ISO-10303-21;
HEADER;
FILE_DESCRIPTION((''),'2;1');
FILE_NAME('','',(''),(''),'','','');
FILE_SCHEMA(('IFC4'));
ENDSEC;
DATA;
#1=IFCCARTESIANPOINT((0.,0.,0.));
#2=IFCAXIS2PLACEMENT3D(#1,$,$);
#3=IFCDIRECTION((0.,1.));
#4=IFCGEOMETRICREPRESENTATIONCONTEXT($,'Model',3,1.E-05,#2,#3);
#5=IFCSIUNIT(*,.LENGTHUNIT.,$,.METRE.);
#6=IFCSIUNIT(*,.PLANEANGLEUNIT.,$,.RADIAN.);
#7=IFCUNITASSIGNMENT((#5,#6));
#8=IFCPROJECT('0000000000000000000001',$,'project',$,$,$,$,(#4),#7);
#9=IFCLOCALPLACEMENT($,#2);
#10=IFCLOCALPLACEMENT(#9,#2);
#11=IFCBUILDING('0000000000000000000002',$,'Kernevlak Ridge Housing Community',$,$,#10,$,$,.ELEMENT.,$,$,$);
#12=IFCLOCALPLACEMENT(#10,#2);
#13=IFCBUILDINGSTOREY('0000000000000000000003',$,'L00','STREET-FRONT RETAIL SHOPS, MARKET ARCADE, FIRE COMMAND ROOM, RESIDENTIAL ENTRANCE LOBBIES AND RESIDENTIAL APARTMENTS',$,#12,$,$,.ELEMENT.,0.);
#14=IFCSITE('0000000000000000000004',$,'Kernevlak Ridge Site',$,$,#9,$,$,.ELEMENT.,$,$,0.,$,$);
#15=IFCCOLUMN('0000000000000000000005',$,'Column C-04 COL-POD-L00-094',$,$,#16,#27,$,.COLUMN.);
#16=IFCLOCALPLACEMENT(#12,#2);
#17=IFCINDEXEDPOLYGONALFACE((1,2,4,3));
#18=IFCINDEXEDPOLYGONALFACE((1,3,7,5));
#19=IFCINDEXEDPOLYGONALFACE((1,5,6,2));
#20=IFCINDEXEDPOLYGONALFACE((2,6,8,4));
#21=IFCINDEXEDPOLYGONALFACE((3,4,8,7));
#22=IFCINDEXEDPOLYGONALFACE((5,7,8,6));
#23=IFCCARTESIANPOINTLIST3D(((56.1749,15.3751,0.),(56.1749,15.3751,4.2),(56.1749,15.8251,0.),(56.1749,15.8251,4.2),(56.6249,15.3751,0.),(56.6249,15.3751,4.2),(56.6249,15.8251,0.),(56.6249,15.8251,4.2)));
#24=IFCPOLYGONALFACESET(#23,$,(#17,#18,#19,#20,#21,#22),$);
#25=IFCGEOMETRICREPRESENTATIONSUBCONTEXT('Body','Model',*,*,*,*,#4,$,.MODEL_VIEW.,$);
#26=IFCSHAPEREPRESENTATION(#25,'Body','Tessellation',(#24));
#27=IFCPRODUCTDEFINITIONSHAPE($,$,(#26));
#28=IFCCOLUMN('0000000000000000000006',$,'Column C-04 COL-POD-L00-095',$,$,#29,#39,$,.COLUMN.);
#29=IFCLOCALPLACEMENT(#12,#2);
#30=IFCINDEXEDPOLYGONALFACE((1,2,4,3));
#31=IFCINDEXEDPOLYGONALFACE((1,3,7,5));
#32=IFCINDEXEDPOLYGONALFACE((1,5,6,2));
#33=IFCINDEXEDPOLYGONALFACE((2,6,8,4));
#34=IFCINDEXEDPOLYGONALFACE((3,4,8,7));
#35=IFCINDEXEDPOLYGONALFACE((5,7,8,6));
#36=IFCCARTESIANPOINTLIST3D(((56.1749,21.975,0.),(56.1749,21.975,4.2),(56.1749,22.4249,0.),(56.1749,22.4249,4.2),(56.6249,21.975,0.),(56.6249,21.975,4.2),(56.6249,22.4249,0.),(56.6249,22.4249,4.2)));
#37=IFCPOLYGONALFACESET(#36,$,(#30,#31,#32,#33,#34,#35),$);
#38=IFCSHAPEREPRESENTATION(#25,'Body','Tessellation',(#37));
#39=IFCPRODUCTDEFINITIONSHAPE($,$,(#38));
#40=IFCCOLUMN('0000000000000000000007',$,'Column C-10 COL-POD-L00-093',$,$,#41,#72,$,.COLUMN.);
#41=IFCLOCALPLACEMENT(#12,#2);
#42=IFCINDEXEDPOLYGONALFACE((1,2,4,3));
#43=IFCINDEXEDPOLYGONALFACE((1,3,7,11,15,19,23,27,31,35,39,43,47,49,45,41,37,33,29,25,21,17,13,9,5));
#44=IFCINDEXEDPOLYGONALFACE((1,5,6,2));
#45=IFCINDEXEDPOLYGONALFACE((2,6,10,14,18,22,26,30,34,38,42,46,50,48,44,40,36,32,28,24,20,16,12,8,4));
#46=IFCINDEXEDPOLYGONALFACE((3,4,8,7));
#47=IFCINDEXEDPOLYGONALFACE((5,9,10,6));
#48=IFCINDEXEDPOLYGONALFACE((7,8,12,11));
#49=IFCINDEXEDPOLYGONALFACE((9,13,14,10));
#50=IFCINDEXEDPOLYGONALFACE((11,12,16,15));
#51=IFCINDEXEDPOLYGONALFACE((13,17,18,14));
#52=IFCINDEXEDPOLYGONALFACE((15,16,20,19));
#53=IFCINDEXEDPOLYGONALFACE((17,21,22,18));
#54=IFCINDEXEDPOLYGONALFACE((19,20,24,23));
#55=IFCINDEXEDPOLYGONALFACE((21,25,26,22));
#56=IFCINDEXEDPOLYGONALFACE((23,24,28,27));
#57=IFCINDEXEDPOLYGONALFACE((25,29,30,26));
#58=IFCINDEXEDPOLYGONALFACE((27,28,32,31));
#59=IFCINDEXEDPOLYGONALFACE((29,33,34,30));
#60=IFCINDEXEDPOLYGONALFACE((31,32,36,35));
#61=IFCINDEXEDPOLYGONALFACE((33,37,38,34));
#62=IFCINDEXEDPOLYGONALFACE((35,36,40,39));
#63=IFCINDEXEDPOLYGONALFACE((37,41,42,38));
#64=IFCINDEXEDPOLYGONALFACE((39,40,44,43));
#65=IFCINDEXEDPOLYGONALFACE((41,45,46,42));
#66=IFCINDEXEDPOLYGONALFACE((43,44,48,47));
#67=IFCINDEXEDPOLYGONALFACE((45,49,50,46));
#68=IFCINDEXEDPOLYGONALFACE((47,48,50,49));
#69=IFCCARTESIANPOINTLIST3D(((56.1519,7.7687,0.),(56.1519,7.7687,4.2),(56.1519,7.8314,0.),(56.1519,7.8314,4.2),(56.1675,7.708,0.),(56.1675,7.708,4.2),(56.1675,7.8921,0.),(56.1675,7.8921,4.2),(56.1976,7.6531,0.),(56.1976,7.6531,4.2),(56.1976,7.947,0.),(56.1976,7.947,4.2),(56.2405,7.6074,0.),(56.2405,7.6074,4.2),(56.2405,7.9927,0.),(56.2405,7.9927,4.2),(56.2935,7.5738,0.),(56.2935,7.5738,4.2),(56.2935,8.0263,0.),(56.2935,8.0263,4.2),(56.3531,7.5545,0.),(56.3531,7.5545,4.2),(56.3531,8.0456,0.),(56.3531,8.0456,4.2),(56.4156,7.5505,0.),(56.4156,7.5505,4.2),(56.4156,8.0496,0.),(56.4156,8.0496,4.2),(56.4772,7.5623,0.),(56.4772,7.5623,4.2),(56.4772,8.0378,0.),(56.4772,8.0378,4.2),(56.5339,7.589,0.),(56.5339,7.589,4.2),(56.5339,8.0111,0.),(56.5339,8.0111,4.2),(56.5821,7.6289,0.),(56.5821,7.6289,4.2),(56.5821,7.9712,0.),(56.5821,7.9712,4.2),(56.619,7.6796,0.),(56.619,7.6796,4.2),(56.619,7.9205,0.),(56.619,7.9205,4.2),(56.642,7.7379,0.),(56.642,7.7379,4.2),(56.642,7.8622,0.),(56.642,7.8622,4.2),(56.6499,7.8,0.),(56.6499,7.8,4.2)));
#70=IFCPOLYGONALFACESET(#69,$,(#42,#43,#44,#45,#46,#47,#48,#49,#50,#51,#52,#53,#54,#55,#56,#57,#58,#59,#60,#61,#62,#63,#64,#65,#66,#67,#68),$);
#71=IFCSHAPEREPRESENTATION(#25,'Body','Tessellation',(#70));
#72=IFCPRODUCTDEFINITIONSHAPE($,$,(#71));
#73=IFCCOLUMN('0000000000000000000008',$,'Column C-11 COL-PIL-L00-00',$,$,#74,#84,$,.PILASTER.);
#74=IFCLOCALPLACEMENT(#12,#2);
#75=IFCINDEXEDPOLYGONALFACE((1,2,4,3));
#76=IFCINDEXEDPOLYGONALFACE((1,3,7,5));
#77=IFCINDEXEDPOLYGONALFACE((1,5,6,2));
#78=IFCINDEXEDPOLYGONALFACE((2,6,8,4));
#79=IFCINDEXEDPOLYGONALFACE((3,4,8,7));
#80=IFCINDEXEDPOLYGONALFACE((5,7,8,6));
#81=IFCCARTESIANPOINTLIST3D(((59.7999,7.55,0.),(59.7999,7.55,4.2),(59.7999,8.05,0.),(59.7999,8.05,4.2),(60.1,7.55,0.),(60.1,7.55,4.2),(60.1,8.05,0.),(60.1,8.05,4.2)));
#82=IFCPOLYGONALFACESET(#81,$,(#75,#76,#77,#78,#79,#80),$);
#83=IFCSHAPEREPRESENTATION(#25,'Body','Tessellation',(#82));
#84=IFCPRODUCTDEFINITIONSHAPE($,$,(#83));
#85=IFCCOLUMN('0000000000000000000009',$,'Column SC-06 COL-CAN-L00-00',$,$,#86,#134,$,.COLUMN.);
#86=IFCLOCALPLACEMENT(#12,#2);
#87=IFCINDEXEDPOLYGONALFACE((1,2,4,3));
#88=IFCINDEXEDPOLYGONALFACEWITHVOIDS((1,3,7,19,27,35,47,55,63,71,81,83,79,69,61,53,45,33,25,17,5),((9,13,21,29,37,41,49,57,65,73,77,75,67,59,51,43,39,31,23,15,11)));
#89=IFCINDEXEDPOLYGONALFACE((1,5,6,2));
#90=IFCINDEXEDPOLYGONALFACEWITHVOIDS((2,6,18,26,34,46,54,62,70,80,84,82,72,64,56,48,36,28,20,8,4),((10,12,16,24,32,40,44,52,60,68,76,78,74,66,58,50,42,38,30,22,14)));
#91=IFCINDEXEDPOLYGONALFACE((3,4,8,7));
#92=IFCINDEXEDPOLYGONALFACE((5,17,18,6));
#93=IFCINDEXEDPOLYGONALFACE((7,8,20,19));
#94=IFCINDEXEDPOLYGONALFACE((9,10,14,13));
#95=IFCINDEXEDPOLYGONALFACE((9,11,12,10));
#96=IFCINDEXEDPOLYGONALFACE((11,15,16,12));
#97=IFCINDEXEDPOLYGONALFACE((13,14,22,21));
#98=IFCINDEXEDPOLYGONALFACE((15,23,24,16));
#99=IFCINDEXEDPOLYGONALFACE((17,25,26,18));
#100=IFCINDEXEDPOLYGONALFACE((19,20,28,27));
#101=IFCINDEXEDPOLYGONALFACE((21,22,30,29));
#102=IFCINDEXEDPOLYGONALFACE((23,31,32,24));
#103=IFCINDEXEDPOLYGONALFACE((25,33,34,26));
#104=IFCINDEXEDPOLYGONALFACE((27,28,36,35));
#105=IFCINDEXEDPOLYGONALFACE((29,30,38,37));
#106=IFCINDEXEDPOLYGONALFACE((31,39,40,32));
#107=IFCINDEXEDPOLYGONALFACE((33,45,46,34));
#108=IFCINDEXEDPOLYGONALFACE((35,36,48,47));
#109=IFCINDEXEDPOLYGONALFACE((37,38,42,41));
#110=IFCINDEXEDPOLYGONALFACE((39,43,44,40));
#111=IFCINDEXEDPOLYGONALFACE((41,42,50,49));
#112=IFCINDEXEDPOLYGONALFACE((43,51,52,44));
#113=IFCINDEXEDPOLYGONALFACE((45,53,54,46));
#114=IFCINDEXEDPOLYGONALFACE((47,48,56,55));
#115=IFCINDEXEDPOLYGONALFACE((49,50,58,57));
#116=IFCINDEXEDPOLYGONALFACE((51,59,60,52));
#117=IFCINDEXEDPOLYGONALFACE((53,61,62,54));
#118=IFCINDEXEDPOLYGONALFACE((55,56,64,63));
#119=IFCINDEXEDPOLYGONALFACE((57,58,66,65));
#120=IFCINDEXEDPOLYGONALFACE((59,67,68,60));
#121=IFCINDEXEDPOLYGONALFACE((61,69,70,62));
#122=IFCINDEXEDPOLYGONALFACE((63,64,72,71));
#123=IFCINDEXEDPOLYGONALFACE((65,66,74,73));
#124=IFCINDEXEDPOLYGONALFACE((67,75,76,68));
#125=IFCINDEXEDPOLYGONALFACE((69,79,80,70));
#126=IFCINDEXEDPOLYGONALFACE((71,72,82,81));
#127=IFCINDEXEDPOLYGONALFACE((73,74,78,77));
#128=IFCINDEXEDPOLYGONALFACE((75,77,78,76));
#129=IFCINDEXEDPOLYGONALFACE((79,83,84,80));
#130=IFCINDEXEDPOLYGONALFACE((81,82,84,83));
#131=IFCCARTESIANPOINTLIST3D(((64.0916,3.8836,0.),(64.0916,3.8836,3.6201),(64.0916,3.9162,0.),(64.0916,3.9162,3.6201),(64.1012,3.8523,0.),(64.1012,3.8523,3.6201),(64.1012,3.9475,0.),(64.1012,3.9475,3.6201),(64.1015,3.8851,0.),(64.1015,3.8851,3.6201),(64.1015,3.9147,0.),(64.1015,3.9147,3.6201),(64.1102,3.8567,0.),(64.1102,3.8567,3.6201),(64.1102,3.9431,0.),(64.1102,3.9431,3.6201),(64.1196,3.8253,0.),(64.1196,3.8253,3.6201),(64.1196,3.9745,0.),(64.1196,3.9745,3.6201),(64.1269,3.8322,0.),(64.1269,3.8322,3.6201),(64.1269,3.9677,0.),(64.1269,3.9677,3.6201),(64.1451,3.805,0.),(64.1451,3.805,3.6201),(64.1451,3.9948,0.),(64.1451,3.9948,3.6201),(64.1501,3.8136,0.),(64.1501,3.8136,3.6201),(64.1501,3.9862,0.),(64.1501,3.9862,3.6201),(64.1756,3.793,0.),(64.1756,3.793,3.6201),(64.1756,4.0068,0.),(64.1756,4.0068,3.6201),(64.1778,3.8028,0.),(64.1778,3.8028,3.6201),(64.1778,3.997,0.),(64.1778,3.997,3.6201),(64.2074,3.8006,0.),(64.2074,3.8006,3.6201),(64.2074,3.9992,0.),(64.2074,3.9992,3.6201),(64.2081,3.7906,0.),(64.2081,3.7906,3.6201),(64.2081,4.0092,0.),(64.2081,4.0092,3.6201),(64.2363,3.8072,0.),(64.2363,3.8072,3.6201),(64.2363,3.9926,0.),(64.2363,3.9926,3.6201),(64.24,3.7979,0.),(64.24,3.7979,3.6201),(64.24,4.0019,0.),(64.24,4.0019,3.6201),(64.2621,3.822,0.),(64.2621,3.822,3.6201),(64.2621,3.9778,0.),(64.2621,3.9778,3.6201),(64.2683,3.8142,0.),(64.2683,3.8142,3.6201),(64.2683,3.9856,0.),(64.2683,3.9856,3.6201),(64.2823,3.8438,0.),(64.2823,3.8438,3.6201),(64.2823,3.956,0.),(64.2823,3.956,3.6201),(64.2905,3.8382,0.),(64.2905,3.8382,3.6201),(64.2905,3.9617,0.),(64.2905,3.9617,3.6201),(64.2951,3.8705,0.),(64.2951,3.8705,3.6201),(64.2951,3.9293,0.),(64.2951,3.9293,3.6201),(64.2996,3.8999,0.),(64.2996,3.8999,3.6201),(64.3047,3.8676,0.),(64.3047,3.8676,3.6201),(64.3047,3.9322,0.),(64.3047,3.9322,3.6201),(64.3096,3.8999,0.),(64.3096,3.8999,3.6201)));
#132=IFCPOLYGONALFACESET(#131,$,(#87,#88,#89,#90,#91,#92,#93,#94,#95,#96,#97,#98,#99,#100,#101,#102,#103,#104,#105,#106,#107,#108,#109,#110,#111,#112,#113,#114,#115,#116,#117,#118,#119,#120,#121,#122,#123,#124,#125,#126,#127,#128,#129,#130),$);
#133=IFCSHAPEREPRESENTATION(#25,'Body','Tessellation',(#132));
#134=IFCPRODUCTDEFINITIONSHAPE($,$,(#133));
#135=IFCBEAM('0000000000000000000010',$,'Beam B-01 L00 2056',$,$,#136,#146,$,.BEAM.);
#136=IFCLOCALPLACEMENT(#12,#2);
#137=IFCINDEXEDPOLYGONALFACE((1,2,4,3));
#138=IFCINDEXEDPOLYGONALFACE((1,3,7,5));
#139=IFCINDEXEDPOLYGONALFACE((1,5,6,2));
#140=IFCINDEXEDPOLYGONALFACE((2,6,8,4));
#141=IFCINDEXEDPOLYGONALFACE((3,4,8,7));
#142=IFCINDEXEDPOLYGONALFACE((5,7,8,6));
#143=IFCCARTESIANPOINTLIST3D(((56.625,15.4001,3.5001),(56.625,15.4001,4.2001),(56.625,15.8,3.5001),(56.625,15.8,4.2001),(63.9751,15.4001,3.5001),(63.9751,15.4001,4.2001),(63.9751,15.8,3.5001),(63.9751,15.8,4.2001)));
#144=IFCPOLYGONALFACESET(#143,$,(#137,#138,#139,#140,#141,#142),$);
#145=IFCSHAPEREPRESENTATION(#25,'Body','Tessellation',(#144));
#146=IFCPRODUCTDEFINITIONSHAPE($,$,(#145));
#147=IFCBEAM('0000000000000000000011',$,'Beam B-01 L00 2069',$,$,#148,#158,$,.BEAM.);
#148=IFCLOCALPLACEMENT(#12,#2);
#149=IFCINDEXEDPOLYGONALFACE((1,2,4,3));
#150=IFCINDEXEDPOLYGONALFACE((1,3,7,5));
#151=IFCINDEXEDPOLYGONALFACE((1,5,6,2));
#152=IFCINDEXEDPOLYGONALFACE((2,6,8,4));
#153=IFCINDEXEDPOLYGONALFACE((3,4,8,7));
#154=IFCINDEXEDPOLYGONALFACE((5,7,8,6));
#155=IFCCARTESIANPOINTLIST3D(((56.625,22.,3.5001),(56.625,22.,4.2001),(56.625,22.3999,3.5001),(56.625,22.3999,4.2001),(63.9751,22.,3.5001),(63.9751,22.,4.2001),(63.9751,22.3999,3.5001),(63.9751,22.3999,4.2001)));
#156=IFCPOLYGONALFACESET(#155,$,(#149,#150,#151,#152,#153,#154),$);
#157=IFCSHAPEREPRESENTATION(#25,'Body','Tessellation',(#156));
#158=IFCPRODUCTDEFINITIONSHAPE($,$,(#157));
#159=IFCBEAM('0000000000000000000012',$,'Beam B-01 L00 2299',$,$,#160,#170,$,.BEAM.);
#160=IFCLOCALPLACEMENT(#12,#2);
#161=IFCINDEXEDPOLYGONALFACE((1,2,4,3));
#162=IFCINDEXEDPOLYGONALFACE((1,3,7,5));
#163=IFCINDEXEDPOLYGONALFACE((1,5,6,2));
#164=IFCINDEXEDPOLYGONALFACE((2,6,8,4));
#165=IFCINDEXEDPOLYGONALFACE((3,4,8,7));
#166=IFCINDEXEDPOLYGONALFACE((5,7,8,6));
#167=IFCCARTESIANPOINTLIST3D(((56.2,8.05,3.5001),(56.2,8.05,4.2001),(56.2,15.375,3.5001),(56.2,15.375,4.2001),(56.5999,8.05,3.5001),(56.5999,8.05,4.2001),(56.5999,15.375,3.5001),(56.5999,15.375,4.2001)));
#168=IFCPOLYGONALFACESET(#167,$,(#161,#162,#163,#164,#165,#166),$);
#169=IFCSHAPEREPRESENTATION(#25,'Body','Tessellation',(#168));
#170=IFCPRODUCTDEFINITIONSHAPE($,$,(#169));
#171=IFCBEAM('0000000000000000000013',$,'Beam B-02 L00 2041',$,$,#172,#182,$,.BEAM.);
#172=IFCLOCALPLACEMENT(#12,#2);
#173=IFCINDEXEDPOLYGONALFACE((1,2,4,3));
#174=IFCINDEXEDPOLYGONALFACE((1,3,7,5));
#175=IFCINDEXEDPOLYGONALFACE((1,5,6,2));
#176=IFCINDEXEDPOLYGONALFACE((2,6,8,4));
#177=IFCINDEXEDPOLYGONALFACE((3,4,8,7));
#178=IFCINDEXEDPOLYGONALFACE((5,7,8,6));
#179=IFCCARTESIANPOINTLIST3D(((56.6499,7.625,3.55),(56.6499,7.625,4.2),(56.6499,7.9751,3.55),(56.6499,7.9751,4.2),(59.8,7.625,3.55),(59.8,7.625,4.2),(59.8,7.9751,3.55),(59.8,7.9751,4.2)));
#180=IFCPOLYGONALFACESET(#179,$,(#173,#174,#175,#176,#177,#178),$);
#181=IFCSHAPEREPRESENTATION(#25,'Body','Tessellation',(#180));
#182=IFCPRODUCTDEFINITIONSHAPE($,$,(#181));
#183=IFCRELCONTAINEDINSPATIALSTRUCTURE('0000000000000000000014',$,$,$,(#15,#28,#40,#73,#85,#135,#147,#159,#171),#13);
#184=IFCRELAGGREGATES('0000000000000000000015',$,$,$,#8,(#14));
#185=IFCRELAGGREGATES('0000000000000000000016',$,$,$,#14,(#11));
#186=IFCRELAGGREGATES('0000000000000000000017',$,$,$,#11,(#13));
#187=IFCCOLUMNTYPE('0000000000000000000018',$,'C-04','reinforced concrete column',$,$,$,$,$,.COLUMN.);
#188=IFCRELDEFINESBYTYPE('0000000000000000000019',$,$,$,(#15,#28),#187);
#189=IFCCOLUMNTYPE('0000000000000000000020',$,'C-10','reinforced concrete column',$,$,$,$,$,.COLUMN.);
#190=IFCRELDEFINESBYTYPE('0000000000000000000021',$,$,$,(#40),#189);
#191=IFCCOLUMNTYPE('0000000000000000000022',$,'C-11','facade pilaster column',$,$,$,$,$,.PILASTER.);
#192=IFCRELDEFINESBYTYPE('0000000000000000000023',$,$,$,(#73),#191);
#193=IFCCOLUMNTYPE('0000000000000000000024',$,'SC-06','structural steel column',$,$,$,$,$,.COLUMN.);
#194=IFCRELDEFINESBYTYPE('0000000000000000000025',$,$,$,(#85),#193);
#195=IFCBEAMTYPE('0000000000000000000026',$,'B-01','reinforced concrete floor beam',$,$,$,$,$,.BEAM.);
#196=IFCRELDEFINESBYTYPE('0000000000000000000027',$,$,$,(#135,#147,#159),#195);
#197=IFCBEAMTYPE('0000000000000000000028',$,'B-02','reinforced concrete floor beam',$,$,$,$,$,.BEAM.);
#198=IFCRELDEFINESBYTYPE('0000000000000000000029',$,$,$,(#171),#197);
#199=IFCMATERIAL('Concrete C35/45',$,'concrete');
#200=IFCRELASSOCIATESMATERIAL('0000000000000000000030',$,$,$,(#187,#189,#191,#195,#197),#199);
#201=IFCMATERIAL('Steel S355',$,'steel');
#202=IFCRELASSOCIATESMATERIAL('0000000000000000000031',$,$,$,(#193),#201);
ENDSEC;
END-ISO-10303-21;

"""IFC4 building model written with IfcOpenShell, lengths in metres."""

from ifc_helpers import new_model, si_unit, direction, frame, origin, origin_2d, place, context, subcontext, project, spatial, rectangle, circle, hollow_circle, extrude, material, material_profile, profile_set, type_object, element, save


model = new_model("IFC4")

# Units and contexts
model_context = context("Model", 3, precision=1e-05, world=origin(), true_north=direction((0.0, 1.0)))
body_context = subcontext(model_context, "Body", "Model", "MODEL_VIEW")
ifc_project = project(units=[si_unit("LENGTHUNIT", "METRE"), si_unit("PLANEANGLEUNIT", "RADIAN")], contexts=[model_context])

# Site, building, storey
site_placement = place(None, origin())
site = spatial("IfcSite", under=ifc_project, at=site_placement, Name="Kernevlak Ridge Site", CompositionType="ELEMENT", RefElevation=0.0)
building_placement = place(site_placement, origin())
building = spatial("IfcBuilding", under=site, at=building_placement, Name="Kernevlak Ridge Housing Community", CompositionType="ELEMENT")
storey_placement = place(building_placement, origin())
storey = spatial("IfcBuildingStorey", under=building, at=storey_placement, Name="L00", Description="STREET-FRONT RETAIL SHOPS, MARKET ARCADE, FIRE COMMAND ROOM, RESIDENTIAL ENTRANCE LOBBIES AND RESIDENTIAL APARTMENTS", CompositionType="ELEMENT", Elevation=0.0)

# Columns
ifc_material_1 = material(Name="Concrete C35/45", Category="concrete")
ifc_material_profile_1 = material_profile(ifc_material_1, rectangle(XDim=0.45, YDim=0.45, at=origin_2d()), Name="RC 450x450")
ifc_profile_set_1 = profile_set([ifc_material_profile_1], Name="Concrete C35/45")
column_type_1 = type_object("IfcColumnType", Name="C-04", Description="reinforced concrete column", PredefinedType="COLUMN", material=ifc_profile_set_1)
for number, where, z_axis, x_axis, name in (
    (1, (56.3999, 15.6001, 0.0), (0.0, 0.0, 1.0), (1.0, 0.0, 0.0), "Column C-04 COL-POD-L00-094"),
    (2, (56.3999, 22.2, 0.0), (0.0, 0.0, 1.0), (1.0, 0.0, 0.0), "Column C-04 COL-POD-L00-095"),
):
    element("IfcColumn", number, at=place(storey_placement, frame(where, z_axis=z_axis, x_axis=x_axis)), inside=storey, type_object=column_type_1, Name=name, PredefinedType="COLUMN", context=body_context, shape_type="SweptSolid", body=[
        extrude(rectangle(XDim=0.45, YDim=0.45, at=origin_2d()), origin(), (0.0, 0.0, 1.0), 4.2),
    ])
ifc_material_profile_2 = material_profile(ifc_material_1, circle(Radius=0.25, at=origin_2d()), Name="RC D500")
ifc_profile_set_2 = profile_set([ifc_material_profile_2], Name="Concrete C35/45")
column_type_2 = type_object("IfcColumnType", Name="C-10", Description="reinforced concrete column", PredefinedType="COLUMN", material=ifc_profile_set_2)
column_1_placement = place(storey_placement, frame((56.3999, 7.8, 0.0), z_axis=(0.0, 0.0, 1.0), x_axis=(1.0, 0.0, 0.0)))
element("IfcColumn", 3, at=column_1_placement, inside=storey, type_object=column_type_2, Name="Column C-10 COL-POD-L00-093", PredefinedType="COLUMN", context=body_context, shape_type="SweptSolid", body=[
    extrude(circle(Radius=0.25, at=origin_2d()), origin(), (0.0, 0.0, 1.0), 4.2),
])
ifc_material_profile_3 = material_profile(ifc_material_1, rectangle(XDim=0.3, YDim=0.5, at=origin_2d()), Name="RC 300x500")
ifc_profile_set_3 = profile_set([ifc_material_profile_3], Name="Concrete C35/45")
column_type_3 = type_object("IfcColumnType", Name="C-11", Description="facade pilaster column", PredefinedType="PILASTER", material=ifc_profile_set_3)
column_2_placement = place(storey_placement, frame((59.95, 7.8, 0.0), z_axis=(0.0, 0.0, 1.0), x_axis=(1.0, 0.0, 0.0)))
element("IfcColumn", 4, at=column_2_placement, inside=storey, type_object=column_type_3, Name="Column C-11 COL-PIL-L00-00", PredefinedType="PILASTER", context=body_context, shape_type="SweptSolid", body=[
    extrude(rectangle(XDim=0.3, YDim=0.5, at=origin_2d()), origin(), (0.0, 0.0, 1.0), 4.2),
])
ifc_material_2 = material(Name="Steel S355", Category="steel")
ifc_material_profile_4 = material_profile(ifc_material_2, hollow_circle(Radius=0.1096, WallThickness=0.01, at=origin_2d()), Name="CHS 219.1x10")
ifc_profile_set_4 = profile_set([ifc_material_profile_4], Name="Steel S355")
column_type_4 = type_object("IfcColumnType", Name="SC-06", Description="structural steel column", PredefinedType="COLUMN", material=ifc_profile_set_4)
column_3_placement = place(storey_placement, frame((64.2, 3.8999, 0.0), z_axis=(0.0, 0.0, 1.0), x_axis=(1.0, 0.0, 0.0)))
element("IfcColumn", 5, at=column_3_placement, inside=storey, type_object=column_type_4, Name="Column SC-06 COL-CAN-L00-00", PredefinedType="COLUMN", context=body_context, shape_type="SweptSolid", body=[
    extrude(hollow_circle(Radius=0.1096, WallThickness=0.01, at=origin_2d()), origin(), (0.0, 0.0, 1.0), 3.6201),
])

# Beams
ifc_material_profile_5 = material_profile(ifc_material_1, rectangle(XDim=0.3999, YDim=0.7, at=origin_2d()), Name="RC 400x700")
ifc_profile_set_5 = profile_set([ifc_material_profile_5], Name="Concrete C35/45")
beam_type_1 = type_object("IfcBeamType", Name="B-01", Description="reinforced concrete floor beam", PredefinedType="BEAM", material=ifc_profile_set_5)
for number, where, z_axis, x_axis, name in (
    (6, (56.625, 15.6001, 3.8501), (1.0, 0.0, 0.0), (0.0, 1.0, 0.0), "Beam B-01 L00 2056"),
    (7, (56.625, 22.2, 3.8501), (1.0, 0.0, 0.0), (0.0, 1.0, 0.0), "Beam B-01 L00 2069"),
):
    element("IfcBeam", number, at=place(storey_placement, frame(where, z_axis=z_axis, x_axis=x_axis)), inside=storey, type_object=beam_type_1, Name=name, PredefinedType="BEAM", context=body_context, shape_type="SweptSolid", body=[
        extrude(rectangle(XDim=0.3999, YDim=0.7, at=origin_2d()), origin(), (0.0, 0.0, 1.0), 7.3501),
    ])
beam_1_placement = place(storey_placement, frame((56.3999, 8.05, 3.8501), z_axis=(0.0, 1.0, 0.0), x_axis=(-1.0, 0.0, 0.0)))
element("IfcBeam", 8, at=beam_1_placement, inside=storey, type_object=beam_type_1, Name="Beam B-01 L00 2299", PredefinedType="BEAM", context=body_context, shape_type="SweptSolid", body=[
    extrude(rectangle(XDim=0.3999, YDim=0.7, at=origin_2d()), origin(), (0.0, 0.0, 1.0), 7.325),
])
ifc_material_profile_6 = material_profile(ifc_material_1, rectangle(XDim=0.3501, YDim=0.6499, at=origin_2d()), Name="RC 350x650")
ifc_profile_set_6 = profile_set([ifc_material_profile_6], Name="Concrete C35/45")
beam_type_2 = type_object("IfcBeamType", Name="B-02", Description="reinforced concrete floor beam", PredefinedType="BEAM", material=ifc_profile_set_6)
beam_2_placement = place(storey_placement, frame((56.6499, 7.8, 3.875), z_axis=(1.0, 0.0, 0.0), x_axis=(0.0, 1.0, 0.0)))
element("IfcBeam", 9, at=beam_2_placement, inside=storey, type_object=beam_type_2, Name="Beam B-02 L00 2041", PredefinedType="BEAM", context=body_context, shape_type="SweptSolid", body=[
    extrude(rectangle(XDim=0.3501, YDim=0.6499, at=origin_2d()), origin(), (0.0, 0.0, 1.0), 3.1501),
])

save(model, "model.ifc")
